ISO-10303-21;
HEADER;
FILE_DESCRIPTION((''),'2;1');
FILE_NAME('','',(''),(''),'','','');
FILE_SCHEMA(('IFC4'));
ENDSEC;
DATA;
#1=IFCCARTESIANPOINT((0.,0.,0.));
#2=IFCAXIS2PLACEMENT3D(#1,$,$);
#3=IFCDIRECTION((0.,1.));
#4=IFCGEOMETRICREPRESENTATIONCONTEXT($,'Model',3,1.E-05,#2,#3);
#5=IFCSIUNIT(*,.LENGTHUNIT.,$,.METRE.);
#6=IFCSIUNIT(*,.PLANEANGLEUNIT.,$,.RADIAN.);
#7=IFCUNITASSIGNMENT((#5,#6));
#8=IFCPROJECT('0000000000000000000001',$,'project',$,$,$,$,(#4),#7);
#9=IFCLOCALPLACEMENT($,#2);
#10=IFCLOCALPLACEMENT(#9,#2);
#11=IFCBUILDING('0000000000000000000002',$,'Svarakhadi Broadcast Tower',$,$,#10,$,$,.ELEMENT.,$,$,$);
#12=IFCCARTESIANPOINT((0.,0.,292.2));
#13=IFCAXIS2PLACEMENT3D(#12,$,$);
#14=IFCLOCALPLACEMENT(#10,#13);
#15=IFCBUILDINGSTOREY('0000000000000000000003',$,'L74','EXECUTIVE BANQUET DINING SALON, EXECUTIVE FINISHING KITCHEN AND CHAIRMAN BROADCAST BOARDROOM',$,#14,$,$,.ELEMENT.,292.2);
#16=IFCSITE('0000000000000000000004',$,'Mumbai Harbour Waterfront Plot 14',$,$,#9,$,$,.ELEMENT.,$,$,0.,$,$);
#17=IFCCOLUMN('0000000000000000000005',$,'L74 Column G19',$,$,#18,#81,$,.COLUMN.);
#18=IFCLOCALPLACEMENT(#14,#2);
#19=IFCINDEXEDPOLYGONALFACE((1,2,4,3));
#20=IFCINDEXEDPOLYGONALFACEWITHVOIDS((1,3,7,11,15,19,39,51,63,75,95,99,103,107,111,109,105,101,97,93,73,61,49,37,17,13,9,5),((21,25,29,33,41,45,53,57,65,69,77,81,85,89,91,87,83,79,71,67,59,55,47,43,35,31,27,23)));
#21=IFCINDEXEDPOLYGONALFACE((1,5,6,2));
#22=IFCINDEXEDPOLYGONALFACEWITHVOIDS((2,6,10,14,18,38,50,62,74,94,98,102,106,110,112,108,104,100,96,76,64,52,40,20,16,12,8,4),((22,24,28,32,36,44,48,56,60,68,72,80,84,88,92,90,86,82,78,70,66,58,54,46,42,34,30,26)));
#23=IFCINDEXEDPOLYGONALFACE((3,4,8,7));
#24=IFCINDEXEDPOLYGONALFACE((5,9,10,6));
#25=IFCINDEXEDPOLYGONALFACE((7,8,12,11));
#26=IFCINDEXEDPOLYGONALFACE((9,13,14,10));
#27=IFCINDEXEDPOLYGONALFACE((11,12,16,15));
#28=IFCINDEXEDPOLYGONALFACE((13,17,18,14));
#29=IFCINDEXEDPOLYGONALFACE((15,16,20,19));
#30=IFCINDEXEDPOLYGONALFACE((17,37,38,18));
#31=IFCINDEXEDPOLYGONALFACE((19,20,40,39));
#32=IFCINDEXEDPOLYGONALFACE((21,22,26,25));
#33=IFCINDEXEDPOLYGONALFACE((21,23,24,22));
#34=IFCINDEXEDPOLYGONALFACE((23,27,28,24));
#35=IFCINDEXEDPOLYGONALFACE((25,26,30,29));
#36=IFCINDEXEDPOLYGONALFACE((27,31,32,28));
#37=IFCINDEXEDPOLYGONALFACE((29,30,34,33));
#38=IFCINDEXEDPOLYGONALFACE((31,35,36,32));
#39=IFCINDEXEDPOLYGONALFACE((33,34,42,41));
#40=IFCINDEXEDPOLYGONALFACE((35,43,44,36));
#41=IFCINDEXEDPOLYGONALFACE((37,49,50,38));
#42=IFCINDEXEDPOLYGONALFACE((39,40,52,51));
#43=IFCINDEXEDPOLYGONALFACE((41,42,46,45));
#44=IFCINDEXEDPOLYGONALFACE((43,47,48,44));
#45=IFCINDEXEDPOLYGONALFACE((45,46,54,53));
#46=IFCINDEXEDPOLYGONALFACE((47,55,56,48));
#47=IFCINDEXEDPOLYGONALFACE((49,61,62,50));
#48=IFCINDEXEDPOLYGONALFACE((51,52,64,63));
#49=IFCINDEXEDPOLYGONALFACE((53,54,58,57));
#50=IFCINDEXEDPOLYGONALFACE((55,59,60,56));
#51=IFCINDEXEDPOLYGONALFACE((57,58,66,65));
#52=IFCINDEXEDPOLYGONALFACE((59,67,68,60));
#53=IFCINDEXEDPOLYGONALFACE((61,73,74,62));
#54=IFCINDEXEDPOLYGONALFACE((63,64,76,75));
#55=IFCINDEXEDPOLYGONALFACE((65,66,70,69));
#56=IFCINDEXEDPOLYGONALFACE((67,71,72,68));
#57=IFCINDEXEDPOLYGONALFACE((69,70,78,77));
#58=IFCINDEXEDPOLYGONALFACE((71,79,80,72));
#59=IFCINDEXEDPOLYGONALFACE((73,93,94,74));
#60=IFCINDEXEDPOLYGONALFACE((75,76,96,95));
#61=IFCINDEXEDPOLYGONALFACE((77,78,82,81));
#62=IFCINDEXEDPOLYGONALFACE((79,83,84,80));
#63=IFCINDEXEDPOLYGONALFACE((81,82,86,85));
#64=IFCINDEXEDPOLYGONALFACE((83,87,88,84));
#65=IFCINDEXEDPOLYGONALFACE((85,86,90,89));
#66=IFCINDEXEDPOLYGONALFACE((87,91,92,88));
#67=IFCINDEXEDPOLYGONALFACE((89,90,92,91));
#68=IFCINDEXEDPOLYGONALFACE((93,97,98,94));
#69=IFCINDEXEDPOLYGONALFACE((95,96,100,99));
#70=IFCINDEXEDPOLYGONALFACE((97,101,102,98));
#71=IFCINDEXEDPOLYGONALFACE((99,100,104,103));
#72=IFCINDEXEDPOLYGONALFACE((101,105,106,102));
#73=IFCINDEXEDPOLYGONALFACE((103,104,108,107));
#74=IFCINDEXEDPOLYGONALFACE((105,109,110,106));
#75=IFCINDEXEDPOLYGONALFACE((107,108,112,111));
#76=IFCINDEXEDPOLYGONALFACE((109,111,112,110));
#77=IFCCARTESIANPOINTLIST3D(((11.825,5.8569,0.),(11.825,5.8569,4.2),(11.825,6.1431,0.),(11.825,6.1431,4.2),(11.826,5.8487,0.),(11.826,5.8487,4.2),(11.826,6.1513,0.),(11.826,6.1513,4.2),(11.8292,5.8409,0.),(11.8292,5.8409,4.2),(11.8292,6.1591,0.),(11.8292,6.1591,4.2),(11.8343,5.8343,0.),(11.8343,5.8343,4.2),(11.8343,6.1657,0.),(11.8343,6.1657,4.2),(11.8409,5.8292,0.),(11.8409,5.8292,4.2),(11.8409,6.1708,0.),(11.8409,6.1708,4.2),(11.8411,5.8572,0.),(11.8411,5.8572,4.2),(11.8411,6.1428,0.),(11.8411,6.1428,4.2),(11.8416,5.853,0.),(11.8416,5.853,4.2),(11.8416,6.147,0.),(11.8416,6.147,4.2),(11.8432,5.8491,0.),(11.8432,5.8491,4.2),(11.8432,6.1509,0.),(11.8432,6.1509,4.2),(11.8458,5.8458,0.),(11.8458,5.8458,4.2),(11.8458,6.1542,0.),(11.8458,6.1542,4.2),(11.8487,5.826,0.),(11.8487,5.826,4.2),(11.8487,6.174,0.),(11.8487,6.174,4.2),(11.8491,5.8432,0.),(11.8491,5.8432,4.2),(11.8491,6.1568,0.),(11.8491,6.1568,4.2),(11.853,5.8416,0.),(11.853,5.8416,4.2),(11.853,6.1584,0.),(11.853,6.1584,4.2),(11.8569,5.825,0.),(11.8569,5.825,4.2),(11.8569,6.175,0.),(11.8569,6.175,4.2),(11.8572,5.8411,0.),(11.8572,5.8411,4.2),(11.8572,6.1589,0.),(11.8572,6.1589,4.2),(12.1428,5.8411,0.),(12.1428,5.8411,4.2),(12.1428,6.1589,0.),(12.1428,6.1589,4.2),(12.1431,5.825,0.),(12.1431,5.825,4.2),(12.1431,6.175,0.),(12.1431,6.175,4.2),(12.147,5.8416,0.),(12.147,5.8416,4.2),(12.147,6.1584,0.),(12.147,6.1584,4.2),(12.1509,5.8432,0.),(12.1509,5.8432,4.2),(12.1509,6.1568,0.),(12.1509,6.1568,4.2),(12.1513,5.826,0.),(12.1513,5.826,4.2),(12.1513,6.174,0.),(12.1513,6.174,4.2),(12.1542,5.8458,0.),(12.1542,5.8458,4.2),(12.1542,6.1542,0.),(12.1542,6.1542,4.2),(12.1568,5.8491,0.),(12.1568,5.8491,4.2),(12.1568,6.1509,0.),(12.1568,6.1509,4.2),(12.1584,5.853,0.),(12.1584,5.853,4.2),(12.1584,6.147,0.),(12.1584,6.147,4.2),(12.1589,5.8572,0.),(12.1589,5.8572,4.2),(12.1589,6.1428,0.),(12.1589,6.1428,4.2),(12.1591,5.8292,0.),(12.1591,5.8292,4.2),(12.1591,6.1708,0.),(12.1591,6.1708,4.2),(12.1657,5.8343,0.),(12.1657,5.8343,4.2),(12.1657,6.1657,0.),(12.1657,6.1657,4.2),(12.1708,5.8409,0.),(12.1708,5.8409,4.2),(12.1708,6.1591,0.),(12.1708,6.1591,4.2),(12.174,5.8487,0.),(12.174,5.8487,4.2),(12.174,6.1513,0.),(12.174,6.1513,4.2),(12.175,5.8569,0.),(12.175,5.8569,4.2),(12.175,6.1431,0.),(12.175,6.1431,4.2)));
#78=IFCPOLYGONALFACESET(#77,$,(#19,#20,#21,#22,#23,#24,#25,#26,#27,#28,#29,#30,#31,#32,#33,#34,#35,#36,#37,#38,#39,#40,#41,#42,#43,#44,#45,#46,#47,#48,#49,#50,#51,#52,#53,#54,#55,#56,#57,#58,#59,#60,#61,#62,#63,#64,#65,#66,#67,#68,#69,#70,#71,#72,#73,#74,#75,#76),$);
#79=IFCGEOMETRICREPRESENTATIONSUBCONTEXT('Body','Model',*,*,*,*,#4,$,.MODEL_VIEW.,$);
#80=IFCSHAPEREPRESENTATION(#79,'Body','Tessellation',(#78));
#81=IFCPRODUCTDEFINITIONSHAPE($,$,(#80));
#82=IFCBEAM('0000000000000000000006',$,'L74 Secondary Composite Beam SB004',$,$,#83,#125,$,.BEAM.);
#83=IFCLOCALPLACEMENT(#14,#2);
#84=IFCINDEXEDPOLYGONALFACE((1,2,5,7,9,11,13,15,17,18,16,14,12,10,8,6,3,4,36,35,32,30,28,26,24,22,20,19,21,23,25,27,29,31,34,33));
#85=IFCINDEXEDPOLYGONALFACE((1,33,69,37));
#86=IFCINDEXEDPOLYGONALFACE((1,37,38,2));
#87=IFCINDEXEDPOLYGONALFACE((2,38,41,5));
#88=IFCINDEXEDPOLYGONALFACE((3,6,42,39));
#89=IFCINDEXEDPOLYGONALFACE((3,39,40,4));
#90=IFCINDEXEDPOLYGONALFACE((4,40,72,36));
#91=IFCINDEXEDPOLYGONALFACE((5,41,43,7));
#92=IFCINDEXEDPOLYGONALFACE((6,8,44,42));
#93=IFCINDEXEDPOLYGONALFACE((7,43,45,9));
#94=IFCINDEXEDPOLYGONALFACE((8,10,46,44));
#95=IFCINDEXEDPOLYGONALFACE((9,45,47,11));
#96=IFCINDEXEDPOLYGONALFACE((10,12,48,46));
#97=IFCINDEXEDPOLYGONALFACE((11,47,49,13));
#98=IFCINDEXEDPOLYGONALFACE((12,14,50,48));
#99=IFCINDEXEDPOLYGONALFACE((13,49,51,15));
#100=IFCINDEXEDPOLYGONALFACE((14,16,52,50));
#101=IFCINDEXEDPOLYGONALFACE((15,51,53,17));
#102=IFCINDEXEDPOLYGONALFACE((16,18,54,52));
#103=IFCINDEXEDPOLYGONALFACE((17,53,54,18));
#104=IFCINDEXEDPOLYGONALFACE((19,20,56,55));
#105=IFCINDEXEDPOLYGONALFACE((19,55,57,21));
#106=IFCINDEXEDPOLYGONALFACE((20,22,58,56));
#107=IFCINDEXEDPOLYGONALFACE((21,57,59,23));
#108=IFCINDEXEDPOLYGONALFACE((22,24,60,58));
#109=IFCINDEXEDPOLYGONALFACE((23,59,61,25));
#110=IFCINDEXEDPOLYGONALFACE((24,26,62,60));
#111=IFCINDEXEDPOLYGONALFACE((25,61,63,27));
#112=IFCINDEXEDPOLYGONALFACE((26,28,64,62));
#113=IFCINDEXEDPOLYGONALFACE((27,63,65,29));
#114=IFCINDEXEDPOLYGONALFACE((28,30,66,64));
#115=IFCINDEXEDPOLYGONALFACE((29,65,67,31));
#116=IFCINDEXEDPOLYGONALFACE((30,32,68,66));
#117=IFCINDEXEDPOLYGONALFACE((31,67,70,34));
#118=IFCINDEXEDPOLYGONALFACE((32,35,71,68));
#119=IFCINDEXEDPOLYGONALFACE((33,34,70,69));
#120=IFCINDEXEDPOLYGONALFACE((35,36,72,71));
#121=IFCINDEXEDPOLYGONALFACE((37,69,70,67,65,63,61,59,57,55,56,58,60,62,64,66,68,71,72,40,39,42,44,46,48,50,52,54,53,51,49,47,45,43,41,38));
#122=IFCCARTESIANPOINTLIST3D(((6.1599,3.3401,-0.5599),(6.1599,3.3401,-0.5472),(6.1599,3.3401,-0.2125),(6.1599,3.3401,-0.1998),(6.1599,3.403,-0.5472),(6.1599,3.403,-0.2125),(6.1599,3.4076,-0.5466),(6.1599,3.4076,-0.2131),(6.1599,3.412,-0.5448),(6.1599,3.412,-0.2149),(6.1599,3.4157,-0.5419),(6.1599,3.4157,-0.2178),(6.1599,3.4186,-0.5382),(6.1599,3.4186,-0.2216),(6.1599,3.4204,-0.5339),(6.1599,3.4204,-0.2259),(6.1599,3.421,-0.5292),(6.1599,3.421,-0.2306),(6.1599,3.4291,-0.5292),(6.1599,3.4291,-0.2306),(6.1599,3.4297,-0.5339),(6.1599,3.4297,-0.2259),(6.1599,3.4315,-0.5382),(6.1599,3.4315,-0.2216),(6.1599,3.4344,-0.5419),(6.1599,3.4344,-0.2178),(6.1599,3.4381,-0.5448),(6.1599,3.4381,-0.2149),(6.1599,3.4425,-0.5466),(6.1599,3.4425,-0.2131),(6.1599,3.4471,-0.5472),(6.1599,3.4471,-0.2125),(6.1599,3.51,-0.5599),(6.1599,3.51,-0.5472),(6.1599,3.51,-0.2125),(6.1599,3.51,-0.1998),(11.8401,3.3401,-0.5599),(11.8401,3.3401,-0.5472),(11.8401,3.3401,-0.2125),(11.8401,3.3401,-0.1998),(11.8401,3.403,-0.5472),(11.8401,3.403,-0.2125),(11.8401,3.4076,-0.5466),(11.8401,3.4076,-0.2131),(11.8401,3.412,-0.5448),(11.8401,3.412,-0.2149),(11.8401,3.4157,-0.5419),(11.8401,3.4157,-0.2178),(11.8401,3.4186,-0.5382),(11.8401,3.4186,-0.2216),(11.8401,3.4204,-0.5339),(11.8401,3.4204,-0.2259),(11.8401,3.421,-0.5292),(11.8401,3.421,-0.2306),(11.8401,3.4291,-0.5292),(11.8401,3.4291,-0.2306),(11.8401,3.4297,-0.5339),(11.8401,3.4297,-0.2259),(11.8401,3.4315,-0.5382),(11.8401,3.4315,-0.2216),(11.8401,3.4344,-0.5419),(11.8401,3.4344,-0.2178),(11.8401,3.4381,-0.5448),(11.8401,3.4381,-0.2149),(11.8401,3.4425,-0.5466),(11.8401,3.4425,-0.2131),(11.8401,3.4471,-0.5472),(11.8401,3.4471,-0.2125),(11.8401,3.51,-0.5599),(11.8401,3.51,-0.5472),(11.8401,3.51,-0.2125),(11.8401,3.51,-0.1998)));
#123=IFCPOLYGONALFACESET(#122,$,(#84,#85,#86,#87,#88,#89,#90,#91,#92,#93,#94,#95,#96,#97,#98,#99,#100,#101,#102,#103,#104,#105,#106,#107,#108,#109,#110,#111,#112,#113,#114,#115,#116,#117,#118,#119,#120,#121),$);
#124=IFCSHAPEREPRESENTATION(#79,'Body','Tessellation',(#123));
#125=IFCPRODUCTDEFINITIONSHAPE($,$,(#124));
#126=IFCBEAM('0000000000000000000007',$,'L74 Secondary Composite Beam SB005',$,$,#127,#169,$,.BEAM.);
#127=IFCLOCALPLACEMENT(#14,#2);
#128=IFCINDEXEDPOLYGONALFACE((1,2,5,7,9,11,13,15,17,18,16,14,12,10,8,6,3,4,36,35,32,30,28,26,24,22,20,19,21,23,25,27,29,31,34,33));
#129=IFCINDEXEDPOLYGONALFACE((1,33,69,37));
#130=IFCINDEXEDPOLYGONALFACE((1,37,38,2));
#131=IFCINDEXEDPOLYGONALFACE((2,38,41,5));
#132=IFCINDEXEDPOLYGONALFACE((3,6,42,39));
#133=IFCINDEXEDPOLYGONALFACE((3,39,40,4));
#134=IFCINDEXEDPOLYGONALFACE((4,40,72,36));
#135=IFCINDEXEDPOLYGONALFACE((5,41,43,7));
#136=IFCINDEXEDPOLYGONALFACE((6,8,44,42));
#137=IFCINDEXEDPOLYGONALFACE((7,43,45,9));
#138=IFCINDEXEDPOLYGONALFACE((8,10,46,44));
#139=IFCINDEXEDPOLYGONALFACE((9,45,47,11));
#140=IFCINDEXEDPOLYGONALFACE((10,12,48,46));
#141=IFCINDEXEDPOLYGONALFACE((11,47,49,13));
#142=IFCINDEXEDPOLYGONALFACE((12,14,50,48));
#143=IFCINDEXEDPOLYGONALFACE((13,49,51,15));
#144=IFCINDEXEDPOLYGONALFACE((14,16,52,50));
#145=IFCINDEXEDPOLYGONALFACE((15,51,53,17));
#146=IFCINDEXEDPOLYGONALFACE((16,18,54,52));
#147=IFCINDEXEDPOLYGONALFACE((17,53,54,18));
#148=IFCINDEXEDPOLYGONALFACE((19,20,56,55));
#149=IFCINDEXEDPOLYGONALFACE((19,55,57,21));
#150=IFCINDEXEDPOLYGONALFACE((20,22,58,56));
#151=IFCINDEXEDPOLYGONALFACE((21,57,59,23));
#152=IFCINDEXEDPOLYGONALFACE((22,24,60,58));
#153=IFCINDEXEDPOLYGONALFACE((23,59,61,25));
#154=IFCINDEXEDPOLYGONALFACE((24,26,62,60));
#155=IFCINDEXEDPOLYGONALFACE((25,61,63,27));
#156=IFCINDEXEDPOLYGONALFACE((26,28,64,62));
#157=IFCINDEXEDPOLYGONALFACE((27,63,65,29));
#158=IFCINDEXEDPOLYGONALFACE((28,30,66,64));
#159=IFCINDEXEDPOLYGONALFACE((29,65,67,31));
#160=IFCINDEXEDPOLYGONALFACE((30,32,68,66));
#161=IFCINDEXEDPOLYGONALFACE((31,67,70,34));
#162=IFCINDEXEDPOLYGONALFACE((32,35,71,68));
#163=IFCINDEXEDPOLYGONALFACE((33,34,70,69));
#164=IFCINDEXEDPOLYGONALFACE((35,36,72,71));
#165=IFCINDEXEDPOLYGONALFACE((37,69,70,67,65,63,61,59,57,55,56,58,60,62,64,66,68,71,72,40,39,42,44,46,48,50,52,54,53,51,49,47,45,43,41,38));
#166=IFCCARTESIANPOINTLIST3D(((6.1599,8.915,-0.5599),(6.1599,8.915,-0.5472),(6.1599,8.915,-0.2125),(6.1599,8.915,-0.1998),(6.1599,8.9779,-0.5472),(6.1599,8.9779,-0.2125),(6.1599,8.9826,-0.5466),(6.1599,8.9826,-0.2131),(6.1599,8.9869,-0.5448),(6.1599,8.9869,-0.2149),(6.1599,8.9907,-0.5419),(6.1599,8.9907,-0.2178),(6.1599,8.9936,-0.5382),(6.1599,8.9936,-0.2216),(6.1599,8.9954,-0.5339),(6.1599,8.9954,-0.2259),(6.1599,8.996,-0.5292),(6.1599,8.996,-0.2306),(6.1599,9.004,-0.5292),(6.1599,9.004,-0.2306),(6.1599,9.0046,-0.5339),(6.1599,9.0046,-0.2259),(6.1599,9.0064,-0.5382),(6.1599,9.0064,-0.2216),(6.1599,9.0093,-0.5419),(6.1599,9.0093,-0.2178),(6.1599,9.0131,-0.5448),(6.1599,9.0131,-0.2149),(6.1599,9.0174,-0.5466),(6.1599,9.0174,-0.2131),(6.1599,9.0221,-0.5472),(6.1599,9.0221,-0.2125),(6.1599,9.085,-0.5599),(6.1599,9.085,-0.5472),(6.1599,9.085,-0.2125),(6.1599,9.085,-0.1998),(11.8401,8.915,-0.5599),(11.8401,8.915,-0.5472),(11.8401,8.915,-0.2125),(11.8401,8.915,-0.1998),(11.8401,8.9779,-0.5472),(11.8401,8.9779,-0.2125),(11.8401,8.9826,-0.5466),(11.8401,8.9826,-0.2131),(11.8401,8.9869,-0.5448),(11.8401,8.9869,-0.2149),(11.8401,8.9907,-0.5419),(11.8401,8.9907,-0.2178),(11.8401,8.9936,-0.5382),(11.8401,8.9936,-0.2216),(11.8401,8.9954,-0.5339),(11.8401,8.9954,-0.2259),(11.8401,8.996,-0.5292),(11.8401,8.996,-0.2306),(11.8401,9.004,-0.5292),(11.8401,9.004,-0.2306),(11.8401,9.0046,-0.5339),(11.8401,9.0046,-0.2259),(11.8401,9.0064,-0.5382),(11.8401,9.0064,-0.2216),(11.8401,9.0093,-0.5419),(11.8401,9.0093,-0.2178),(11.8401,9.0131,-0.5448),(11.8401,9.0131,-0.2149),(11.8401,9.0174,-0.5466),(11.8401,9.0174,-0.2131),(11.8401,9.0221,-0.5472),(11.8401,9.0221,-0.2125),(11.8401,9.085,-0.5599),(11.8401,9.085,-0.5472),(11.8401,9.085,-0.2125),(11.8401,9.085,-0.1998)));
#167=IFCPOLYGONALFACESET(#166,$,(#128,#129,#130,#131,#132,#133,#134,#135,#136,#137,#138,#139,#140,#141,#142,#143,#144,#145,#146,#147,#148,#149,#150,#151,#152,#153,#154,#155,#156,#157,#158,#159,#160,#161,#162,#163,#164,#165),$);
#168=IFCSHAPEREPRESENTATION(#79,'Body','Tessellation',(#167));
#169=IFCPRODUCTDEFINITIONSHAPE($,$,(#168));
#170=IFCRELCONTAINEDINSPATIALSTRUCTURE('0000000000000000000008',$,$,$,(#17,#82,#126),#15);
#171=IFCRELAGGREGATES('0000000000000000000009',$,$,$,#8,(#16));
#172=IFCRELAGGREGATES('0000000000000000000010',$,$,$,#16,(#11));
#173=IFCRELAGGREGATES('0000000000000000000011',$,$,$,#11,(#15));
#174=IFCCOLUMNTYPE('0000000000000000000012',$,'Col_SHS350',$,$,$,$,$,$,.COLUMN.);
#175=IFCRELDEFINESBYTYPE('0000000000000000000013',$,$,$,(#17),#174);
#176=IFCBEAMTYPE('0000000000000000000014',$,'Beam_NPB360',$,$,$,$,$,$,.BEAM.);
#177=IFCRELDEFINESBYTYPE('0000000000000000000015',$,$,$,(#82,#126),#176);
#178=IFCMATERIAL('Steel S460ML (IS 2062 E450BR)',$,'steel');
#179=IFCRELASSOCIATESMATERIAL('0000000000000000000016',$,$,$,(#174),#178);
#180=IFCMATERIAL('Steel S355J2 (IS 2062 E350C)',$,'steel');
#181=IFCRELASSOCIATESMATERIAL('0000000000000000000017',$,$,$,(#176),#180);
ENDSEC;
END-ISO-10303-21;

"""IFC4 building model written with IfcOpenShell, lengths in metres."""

from ifc_helpers import new_model, si_unit, direction, frame, origin, origin_2d, place, context, subcontext, project, spatial, hollow_rectangle, i_section, extrude, material, material_profile, profile_set, type_object, element, save


model = new_model("IFC4")

# Units and contexts
model_context = context("Model", 3, precision=1e-05, world=origin(), true_north=direction((0.0, 1.0)))
body_context = subcontext(model_context, "Body", "Model", "MODEL_VIEW")
ifc_project = project(units=[si_unit("LENGTHUNIT", "METRE"), si_unit("PLANEANGLEUNIT", "RADIAN")], contexts=[model_context])

# Site, building, storey
site_placement = place(None, origin())
site = spatial("IfcSite", under=ifc_project, at=site_placement, Name="Mumbai Harbour Waterfront Plot 14", CompositionType="ELEMENT", RefElevation=0.0)
building_placement = place(site_placement, origin())
building = spatial("IfcBuilding", under=site, at=building_placement, Name="Svarakhadi Broadcast Tower", CompositionType="ELEMENT")
storey_placement = place(building_placement, frame((0.0, 0.0, 292.2)))
storey = spatial("IfcBuildingStorey", under=building, at=storey_placement, Name="L74", Description="EXECUTIVE BANQUET DINING SALON, EXECUTIVE FINISHING KITCHEN AND CHAIRMAN BROADCAST BOARDROOM", CompositionType="ELEMENT", Elevation=292.2)

# Column
ifc_material_1 = material(Name="Steel S460ML (IS 2062 E450BR)", Category="steel")
ifc_material_profile_1 = material_profile(ifc_material_1, hollow_rectangle(XDim=0.3501, YDim=0.3501, WallThickness=0.0161, InnerFilletRadius=0.0161, OuterFilletRadius=0.032, at=origin_2d()), Name="SHS 350x350x16")
ifc_profile_set_1 = profile_set([ifc_material_profile_1], Name="Steel S460ML (IS 2062 E450BR)")
column_type = type_object("IfcColumnType", Name="Col_SHS350", PredefinedType="COLUMN", material=ifc_profile_set_1)
for number, where, z_axis, x_axis, name in (
    (1, (12.0, 6.0, 0.0), (0.0, 0.0, 1.0), (1.0, 0.0, 0.0), "L74 Column G19"),
):
    element("IfcColumn", number, at=place(storey_placement, frame(where, z_axis=z_axis, x_axis=x_axis)), inside=storey, type_object=column_type, Name=name, PredefinedType="COLUMN", context=body_context, shape_type="SweptSolid", body=[
        extrude(hollow_rectangle(XDim=0.3501, YDim=0.3501, WallThickness=0.0161, InnerFilletRadius=0.0161, OuterFilletRadius=0.032, at=origin_2d()), origin(), (0.0, 0.0, 1.0), 4.2),
    ])

# Beams
ifc_material_2 = material(Name="Steel S355J2 (IS 2062 E350C)", Category="steel")
ifc_material_profile_2 = material_profile(ifc_material_2, i_section(OverallWidth=0.1699, OverallDepth=0.3601, WebThickness=0.0081, FlangeThickness=0.0127, FilletRadius=0.0181, at=origin_2d()), Name="NPB 360x170x57")
ifc_profile_set_2 = profile_set([ifc_material_profile_2], Name="Steel S355J2 (IS 2062 E350C)")
beam_type_1 = type_object("IfcBeamType", Name="Beam_NPB360", PredefinedType="BEAM", material=ifc_profile_set_2)
for number, where, z_axis, x_axis, name in (
    (2, (6.1599, 3.425, -0.3799), (1.0, 0.0, 0.0), (0.0, 1.0, 0.0), "L74 Secondary Composite Beam SB004"),
    (3, (6.1599, 9.0, -0.3799), (1.0, 0.0, 0.0), (0.0, 1.0, 0.0), "L74 Secondary Composite Beam SB005"),
):
    element("IfcBeam", number, at=place(storey_placement, frame(where, z_axis=z_axis, x_axis=x_axis)), inside=storey, type_object=beam_type_1, Name=name, PredefinedType="BEAM", context=body_context, shape_type="SweptSolid", body=[
        extrude(i_section(OverallWidth=0.1699, OverallDepth=0.3601, WebThickness=0.0081, FlangeThickness=0.0127, FilletRadius=0.0181, at=origin_2d()), origin(), (0.0, 0.0, 1.0), 5.6802),
    ])

save(model, "model.ifc")
